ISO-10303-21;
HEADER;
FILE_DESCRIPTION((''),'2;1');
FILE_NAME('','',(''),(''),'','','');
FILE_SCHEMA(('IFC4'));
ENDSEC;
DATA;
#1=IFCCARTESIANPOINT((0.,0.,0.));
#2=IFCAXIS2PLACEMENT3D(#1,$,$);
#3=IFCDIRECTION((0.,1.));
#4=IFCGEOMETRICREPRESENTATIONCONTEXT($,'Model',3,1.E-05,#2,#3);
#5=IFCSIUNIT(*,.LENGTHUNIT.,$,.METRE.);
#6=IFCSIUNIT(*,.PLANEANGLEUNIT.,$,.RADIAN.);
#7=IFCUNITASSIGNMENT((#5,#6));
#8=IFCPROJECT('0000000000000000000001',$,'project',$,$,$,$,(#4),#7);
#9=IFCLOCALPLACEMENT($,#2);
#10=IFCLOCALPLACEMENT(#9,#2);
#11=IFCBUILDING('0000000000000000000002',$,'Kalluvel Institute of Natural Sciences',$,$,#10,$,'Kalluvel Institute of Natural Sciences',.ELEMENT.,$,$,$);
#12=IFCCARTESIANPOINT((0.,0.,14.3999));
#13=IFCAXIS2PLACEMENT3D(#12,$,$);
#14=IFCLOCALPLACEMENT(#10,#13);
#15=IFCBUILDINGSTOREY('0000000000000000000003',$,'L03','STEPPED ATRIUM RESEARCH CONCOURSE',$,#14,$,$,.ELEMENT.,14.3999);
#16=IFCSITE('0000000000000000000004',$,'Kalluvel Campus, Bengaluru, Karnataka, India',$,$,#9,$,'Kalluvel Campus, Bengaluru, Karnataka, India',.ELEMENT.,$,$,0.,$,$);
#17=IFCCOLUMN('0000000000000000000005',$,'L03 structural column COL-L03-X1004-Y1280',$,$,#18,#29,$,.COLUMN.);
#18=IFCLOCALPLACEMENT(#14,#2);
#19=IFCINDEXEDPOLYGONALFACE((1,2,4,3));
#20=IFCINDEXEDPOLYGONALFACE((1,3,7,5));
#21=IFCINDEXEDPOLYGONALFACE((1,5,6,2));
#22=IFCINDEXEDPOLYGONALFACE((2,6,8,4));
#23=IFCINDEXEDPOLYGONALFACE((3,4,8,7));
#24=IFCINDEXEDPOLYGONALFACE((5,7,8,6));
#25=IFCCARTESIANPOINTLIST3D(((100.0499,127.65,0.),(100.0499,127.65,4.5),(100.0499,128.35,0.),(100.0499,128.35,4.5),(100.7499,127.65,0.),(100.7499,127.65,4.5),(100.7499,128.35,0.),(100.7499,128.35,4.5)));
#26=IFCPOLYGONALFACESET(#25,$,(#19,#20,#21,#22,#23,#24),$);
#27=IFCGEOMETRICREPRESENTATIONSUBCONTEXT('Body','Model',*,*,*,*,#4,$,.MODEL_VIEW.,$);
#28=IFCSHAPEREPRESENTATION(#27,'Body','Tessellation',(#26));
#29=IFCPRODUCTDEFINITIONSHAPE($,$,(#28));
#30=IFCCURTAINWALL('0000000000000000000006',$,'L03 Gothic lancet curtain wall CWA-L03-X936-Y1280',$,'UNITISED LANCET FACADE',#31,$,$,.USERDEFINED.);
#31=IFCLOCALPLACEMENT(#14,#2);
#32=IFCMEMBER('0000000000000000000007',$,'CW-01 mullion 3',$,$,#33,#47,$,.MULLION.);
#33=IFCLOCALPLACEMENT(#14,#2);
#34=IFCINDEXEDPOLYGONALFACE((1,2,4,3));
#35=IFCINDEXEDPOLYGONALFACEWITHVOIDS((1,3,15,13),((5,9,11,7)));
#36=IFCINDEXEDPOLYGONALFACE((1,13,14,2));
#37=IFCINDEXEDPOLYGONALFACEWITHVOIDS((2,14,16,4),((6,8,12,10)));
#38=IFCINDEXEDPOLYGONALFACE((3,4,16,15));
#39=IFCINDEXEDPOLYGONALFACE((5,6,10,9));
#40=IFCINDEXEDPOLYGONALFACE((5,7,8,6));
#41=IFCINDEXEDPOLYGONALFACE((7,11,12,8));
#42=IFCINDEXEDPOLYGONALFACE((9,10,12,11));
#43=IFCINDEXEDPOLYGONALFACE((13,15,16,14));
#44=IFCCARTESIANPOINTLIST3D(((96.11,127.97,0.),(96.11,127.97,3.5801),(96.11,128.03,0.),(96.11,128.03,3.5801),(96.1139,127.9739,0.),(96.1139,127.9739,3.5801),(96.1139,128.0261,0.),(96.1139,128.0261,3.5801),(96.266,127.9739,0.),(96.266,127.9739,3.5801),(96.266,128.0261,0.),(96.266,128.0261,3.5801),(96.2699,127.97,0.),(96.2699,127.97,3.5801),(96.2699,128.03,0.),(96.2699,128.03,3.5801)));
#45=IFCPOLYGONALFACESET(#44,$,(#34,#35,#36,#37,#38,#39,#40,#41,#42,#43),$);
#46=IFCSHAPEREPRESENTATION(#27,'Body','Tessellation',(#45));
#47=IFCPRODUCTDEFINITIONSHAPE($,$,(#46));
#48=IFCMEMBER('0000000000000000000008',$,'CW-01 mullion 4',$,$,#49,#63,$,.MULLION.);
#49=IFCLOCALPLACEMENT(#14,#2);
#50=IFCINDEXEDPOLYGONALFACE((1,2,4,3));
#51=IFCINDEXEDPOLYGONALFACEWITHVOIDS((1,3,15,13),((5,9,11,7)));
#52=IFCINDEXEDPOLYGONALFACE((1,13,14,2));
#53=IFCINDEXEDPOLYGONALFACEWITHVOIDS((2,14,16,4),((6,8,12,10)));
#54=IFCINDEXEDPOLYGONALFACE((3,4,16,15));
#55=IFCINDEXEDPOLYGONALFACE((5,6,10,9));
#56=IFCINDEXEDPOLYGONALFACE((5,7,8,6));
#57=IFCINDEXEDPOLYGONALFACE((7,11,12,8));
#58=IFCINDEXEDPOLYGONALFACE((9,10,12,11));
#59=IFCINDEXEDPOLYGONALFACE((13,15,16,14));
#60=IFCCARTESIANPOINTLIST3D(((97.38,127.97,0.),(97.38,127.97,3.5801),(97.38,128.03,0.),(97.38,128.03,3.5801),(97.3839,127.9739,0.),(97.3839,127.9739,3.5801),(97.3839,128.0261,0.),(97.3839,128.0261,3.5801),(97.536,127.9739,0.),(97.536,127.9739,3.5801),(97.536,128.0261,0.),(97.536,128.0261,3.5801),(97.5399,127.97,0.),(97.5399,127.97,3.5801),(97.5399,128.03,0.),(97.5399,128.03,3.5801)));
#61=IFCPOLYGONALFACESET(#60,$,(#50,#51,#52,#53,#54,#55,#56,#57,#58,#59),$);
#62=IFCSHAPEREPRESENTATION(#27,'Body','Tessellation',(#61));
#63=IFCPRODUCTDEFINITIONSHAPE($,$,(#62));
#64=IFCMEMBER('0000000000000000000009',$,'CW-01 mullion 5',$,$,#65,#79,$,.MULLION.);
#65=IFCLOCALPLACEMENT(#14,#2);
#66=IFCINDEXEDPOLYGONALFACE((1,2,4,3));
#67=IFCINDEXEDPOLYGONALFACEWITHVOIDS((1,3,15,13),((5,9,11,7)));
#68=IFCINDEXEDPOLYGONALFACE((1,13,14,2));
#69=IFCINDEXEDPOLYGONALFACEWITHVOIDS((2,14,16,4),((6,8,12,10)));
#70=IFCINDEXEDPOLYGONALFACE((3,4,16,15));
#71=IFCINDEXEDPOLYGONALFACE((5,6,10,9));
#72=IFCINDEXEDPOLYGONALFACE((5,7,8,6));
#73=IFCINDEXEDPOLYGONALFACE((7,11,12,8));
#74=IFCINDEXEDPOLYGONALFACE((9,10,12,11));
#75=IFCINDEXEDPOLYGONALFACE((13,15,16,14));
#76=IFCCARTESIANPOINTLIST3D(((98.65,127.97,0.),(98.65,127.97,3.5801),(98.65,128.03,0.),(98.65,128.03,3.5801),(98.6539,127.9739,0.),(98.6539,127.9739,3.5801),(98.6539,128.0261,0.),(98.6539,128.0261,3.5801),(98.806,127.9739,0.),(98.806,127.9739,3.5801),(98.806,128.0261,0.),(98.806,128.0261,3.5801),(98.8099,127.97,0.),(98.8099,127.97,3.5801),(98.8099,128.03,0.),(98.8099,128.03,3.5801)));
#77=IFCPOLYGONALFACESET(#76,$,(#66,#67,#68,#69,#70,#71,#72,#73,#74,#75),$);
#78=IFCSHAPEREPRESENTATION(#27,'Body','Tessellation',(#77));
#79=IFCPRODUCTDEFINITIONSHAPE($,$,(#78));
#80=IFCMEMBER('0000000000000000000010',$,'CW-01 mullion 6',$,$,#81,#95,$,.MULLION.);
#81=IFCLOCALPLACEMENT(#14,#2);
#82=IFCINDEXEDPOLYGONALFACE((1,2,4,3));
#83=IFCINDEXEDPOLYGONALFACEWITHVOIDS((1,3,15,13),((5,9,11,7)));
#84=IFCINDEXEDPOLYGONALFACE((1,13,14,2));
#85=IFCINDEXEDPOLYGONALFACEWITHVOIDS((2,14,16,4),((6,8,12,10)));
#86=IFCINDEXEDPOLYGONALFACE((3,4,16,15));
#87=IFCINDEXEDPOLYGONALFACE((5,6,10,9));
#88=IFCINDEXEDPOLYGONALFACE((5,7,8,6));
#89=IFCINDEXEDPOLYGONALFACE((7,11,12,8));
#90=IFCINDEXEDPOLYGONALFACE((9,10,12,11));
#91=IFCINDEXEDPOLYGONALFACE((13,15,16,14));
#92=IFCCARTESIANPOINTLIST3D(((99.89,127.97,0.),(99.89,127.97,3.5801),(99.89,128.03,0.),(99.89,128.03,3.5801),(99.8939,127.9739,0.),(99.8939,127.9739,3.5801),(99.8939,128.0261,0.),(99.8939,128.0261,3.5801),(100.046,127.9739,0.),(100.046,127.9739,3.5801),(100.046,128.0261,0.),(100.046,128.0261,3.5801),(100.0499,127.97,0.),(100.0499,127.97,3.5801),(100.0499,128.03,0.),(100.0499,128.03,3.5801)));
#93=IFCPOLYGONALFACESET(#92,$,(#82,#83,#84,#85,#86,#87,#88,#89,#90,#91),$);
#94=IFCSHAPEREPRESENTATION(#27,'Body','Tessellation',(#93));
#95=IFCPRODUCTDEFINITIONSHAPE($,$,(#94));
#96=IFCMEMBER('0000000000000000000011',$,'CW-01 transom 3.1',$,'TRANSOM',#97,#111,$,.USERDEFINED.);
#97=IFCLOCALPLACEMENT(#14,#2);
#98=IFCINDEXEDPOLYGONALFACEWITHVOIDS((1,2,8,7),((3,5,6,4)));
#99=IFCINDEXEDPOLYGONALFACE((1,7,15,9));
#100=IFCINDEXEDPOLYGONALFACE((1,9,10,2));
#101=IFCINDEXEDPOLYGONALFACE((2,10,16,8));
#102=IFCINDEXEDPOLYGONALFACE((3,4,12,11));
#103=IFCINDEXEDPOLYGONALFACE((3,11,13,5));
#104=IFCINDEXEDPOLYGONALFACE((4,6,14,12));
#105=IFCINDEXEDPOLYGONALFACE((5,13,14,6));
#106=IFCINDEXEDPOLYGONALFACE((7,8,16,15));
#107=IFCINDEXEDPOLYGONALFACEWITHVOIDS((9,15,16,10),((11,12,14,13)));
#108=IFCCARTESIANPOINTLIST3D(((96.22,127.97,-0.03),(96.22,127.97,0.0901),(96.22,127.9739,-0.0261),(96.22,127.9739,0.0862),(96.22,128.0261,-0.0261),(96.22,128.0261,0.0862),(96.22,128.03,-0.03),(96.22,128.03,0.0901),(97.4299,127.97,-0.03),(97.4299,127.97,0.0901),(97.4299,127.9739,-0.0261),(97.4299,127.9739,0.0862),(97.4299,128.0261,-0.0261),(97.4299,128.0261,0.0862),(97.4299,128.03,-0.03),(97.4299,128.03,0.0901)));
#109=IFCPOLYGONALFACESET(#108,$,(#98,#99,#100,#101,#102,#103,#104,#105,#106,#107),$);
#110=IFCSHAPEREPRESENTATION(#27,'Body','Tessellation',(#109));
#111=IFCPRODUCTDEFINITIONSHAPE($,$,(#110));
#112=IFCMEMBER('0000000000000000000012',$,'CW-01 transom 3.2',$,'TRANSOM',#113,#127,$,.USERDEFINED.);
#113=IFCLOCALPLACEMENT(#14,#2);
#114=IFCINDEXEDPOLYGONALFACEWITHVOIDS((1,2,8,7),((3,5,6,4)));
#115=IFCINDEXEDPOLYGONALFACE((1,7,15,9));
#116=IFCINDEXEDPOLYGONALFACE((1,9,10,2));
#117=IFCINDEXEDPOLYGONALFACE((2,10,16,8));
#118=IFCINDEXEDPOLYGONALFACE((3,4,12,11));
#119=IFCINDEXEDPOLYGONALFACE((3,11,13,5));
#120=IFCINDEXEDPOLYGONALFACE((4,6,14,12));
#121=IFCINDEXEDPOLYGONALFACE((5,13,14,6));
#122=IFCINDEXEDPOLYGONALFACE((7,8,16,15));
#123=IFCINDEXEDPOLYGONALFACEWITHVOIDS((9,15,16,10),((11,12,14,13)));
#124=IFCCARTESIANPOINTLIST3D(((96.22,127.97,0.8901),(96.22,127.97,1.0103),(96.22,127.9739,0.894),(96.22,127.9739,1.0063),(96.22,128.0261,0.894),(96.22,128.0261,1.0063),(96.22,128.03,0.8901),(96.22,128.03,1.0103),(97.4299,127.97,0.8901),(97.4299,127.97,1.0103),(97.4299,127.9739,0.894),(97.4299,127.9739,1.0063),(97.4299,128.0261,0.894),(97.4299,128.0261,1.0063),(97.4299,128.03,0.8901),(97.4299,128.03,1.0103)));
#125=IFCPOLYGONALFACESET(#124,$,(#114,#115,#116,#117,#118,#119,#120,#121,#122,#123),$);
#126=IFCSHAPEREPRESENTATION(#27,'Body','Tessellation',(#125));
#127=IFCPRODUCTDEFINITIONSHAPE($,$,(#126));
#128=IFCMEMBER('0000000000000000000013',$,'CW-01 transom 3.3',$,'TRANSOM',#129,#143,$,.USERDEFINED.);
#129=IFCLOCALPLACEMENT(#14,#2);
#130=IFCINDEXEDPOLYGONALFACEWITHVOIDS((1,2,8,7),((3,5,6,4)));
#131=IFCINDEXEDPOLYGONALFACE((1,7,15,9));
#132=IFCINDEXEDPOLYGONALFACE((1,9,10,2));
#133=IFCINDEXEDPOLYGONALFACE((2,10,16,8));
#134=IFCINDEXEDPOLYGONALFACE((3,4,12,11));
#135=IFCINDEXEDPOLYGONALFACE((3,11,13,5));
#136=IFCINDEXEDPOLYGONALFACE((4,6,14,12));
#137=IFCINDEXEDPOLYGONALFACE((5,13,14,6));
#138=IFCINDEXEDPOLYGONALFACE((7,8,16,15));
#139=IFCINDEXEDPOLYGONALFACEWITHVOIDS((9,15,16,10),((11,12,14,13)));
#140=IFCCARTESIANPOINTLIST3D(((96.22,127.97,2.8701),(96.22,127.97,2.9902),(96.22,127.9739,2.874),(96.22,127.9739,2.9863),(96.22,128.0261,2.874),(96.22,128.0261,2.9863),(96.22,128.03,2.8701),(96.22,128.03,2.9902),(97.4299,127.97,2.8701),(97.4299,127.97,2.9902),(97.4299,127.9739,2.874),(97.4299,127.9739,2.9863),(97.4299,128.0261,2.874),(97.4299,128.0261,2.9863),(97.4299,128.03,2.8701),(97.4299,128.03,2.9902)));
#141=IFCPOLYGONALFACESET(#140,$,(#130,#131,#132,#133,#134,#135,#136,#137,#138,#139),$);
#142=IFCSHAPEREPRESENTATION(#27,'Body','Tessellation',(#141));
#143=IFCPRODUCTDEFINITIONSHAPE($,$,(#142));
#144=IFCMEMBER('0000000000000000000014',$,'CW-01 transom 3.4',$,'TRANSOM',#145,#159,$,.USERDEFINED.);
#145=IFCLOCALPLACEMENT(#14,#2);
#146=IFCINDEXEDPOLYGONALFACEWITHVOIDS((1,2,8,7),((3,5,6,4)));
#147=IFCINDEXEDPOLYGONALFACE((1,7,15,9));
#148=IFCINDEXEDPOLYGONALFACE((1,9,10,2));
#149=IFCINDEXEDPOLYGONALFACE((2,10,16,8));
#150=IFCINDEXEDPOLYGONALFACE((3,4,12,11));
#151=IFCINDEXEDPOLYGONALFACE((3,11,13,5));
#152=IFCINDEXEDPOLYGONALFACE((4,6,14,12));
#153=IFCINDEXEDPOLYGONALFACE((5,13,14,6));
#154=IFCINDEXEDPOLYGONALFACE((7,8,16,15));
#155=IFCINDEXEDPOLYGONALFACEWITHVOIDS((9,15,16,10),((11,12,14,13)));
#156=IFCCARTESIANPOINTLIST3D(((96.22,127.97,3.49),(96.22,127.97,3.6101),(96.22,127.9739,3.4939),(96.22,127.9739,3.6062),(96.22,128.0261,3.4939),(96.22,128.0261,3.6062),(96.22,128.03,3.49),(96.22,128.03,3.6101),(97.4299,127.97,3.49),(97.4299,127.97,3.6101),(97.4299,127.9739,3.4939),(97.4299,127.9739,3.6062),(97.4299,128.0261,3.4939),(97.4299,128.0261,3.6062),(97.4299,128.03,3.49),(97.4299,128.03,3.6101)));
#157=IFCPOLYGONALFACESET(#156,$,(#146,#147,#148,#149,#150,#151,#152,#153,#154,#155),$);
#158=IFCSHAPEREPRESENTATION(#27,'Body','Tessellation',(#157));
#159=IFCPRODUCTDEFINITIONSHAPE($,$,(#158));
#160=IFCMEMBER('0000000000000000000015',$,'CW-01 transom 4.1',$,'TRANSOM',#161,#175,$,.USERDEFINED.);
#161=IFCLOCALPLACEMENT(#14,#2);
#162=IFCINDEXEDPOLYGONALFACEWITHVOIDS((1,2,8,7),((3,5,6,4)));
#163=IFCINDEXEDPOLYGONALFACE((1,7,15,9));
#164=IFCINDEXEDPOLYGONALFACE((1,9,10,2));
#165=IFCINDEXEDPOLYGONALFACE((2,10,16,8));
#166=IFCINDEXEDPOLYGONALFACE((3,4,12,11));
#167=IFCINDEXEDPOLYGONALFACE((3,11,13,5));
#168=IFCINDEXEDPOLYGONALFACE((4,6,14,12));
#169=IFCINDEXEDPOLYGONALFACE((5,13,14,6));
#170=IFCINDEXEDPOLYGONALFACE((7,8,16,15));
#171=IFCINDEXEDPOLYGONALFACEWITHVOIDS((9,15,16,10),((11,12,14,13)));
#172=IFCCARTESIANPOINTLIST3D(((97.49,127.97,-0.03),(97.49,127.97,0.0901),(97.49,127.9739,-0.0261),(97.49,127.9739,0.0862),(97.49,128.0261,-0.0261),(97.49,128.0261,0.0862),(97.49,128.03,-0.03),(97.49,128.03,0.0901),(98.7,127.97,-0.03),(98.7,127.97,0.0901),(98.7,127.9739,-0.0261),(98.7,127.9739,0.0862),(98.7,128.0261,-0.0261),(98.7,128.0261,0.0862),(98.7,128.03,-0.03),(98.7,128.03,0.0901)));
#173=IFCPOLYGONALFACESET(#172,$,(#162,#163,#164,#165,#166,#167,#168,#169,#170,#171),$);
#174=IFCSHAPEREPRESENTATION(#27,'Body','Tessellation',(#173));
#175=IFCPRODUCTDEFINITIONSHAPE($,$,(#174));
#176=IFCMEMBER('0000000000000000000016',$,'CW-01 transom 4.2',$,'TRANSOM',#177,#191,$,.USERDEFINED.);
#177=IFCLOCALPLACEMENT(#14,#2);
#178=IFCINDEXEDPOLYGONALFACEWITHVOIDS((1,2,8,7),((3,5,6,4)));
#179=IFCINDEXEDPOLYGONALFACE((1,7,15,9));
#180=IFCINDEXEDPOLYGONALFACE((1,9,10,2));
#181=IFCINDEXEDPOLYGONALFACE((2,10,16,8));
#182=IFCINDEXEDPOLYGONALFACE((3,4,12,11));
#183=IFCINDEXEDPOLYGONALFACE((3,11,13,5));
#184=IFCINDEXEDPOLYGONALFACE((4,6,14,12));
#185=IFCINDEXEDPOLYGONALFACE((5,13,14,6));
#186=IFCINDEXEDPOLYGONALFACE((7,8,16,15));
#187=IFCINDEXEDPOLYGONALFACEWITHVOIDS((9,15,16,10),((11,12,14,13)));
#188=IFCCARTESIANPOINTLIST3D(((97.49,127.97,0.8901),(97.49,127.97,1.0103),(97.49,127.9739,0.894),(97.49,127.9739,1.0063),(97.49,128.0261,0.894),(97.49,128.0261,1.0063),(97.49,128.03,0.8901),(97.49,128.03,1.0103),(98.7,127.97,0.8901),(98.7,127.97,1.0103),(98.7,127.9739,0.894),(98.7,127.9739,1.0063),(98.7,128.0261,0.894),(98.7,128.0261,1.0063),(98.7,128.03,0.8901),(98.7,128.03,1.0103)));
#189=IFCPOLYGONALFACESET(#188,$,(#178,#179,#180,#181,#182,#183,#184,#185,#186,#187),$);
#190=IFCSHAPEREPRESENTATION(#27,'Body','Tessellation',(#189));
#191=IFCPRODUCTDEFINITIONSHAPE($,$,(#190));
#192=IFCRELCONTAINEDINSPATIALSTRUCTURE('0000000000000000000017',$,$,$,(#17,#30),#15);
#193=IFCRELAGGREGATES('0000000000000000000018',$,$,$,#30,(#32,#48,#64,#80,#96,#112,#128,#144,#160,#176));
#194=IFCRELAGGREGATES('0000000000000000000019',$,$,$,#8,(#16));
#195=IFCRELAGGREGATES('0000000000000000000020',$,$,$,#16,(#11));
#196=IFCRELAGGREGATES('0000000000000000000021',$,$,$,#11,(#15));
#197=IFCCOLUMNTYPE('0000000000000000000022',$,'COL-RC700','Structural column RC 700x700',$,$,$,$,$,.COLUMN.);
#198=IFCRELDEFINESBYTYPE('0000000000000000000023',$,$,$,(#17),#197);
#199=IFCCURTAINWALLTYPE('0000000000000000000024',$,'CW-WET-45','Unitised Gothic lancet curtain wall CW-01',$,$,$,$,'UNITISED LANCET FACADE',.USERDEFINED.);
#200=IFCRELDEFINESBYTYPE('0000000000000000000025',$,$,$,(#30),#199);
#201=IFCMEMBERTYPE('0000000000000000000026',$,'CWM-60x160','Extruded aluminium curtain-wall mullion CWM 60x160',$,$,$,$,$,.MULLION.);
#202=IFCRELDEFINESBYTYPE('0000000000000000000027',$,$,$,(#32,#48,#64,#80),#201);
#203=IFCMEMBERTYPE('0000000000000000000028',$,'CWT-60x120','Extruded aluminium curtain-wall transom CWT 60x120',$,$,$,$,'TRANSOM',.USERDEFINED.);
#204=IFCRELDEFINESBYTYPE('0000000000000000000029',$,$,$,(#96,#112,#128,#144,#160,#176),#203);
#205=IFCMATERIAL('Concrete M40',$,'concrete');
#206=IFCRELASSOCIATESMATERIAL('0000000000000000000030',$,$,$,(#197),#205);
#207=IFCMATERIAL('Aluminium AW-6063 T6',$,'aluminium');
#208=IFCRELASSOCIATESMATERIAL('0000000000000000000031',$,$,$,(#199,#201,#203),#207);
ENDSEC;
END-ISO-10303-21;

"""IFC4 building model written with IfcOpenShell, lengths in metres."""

from ifc_helpers import new_model, si_unit, direction, frame, origin, origin_2d, place, context, subcontext, project, spatial, rectangle, hollow_rectangle, extrude, material, material_profile, profile_set, type_object, element, aggregate, save


model = new_model("IFC4")

# Units and contexts
model_context = context("Model", 3, precision=1e-05, world=origin(), true_north=direction((0.0, 1.0)))
body_context = subcontext(model_context, "Body", "Model", "MODEL_VIEW")
ifc_project = project(units=[si_unit("LENGTHUNIT", "METRE"), si_unit("PLANEANGLEUNIT", "RADIAN")], contexts=[model_context])

# Site, building, storey
site_placement = place(None, origin())
site = spatial("IfcSite", under=ifc_project, at=site_placement, Name="Kalluvel Campus, Bengaluru, Karnataka, India", LongName="Kalluvel Campus, Bengaluru, Karnataka, India", CompositionType="ELEMENT", RefElevation=0.0)
building_placement = place(site_placement, origin())
building = spatial("IfcBuilding", under=site, at=building_placement, Name="Kalluvel Institute of Natural Sciences", LongName="Kalluvel Institute of Natural Sciences", CompositionType="ELEMENT")
storey_placement = place(building_placement, frame((0.0, 0.0, 14.3999)))
storey = spatial("IfcBuildingStorey", under=building, at=storey_placement, Name="L03", Description="STEPPED ATRIUM RESEARCH CONCOURSE", CompositionType="ELEMENT", Elevation=14.3999)

# Column
ifc_material_1 = material(Name="Concrete M40", Category="concrete")
ifc_material_profile_1 = material_profile(ifc_material_1, rectangle(XDim=0.7, YDim=0.7, at=origin_2d()), Name="RC 700x700")
ifc_profile_set_1 = profile_set([ifc_material_profile_1], Name="Concrete M40")
column_type = type_object("IfcColumnType", Name="COL-RC700", Description="Structural column RC 700x700", PredefinedType="COLUMN", material=ifc_profile_set_1)
column_placement = place(storey_placement, frame((100.3999, 128.0, 0.0), z_axis=(0.0, 0.0, 1.0), x_axis=(1.0, 0.0, 0.0)))
element("IfcColumn", 1, at=column_placement, inside=storey, type_object=column_type, Name="L03 structural column COL-L03-X1004-Y1280", PredefinedType="COLUMN", context=body_context, shape_type="SweptSolid", body=[
    extrude(rectangle(XDim=0.7, YDim=0.7, at=origin_2d()), origin(), (0.0, 0.0, 1.0), 4.5),
])

# Curtain wall, members
ifc_material_2 = material(Name="Aluminium AW-6063 T6", Category="aluminium")
curtain_wall_type = type_object("IfcCurtainWallType", Name="CW-WET-45", Description="Unitised Gothic lancet curtain wall CW-01", ElementType="UNITISED LANCET FACADE", PredefinedType="USERDEFINED", material=ifc_material_2)
curtain_wall_placement = place(storey_placement, origin())
curtain_wall = element("IfcCurtainWall", 2, at=curtain_wall_placement, inside=storey, type_object=curtain_wall_type, Name="L03 Gothic lancet curtain wall CWA-L03-X936-Y1280", ObjectType="UNITISED LANCET FACADE", PredefinedType="USERDEFINED")
ifc_material_profile_2 = material_profile(ifc_material_2, hollow_rectangle(XDim=0.0601, YDim=0.1599, WallThickness=0.0039, at=origin_2d()), Name="CWM 60x160")
ifc_profile_set_2 = profile_set([ifc_material_profile_2], Name="Aluminium AW-6063 T6")
member_type_1 = type_object("IfcMemberType", Name="CWM-60x160", Description="Extruded aluminium curtain-wall mullion CWM 60x160", PredefinedType="MULLION", material=ifc_profile_set_2)
member_1_placement = place(storey_placement, frame((96.1899, 128.0, 0.0), z_axis=(0.0, 0.0, 1.0), x_axis=(0.0, 1.0, 0.0)))
member_1 = element("IfcMember", 3, at=member_1_placement, type_object=member_type_1, Name="CW-01 mullion 3", PredefinedType="MULLION", context=body_context, shape_type="SweptSolid", body=[
    extrude(hollow_rectangle(XDim=0.0601, YDim=0.1599, WallThickness=0.0039, at=origin_2d()), origin(), (0.0, 0.0, 1.0), 3.5801),
])
member_2_placement = place(storey_placement, frame((97.46, 128.0, 0.0), z_axis=(0.0, 0.0, 1.0), x_axis=(0.0, 1.0, 0.0)))
member_2 = element("IfcMember", 4, at=member_2_placement, type_object=member_type_1, Name="CW-01 mullion 4", PredefinedType="MULLION", context=body_context, shape_type="SweptSolid", body=[
    extrude(hollow_rectangle(XDim=0.0601, YDim=0.1599, WallThickness=0.0039, at=origin_2d()), origin(), (0.0, 0.0, 1.0), 3.5801),
])
member_3_placement = place(storey_placement, frame((98.73, 128.0, 0.0), z_axis=(0.0, 0.0, 1.0), x_axis=(0.0, 1.0, 0.0)))
member_3 = element("IfcMember", 5, at=member_3_placement, type_object=member_type_1, Name="CW-01 mullion 5", PredefinedType="MULLION", context=body_context, shape_type="SweptSolid", body=[
    extrude(hollow_rectangle(XDim=0.0601, YDim=0.1599, WallThickness=0.0039, at=origin_2d()), origin(), (0.0, 0.0, 1.0), 3.5801),
])
member_4_placement = place(storey_placement, frame((99.97, 128.0, 0.0), z_axis=(0.0, 0.0, 1.0), x_axis=(0.0, 1.0, 0.0)))
member_4 = element("IfcMember", 6, at=member_4_placement, type_object=member_type_1, Name="CW-01 mullion 6", PredefinedType="MULLION", context=body_context, shape_type="SweptSolid", body=[
    extrude(hollow_rectangle(XDim=0.0601, YDim=0.1599, WallThickness=0.0039, at=origin_2d()), origin(), (0.0, 0.0, 1.0), 3.5801),
])
ifc_material_profile_3 = material_profile(ifc_material_2, hollow_rectangle(XDim=0.0601, YDim=0.1201, WallThickness=0.0039, at=origin_2d()), Name="CWT 60x120")
ifc_profile_set_3 = profile_set([ifc_material_profile_3], Name="Aluminium AW-6063 T6")
member_type_2 = type_object("IfcMemberType", Name="CWT-60x120", Description="Extruded aluminium curtain-wall transom CWT 60x120", ElementType="TRANSOM", PredefinedType="USERDEFINED", material=ifc_profile_set_3)
member_5_placement = place(storey_placement, frame((96.22, 128.0, 0.03), z_axis=(1.0, 0.0, 0.0), x_axis=(0.0, 1.0, 0.0)))
member_5 = element("IfcMember", 7, at=member_5_placement, type_object=member_type_2, Name="CW-01 transom 3.1", ObjectType="TRANSOM", PredefinedType="USERDEFINED", context=body_context, shape_type="SweptSolid", body=[
    extrude(hollow_rectangle(XDim=0.0601, YDim=0.1201, WallThickness=0.0039, at=origin_2d()), origin(), (0.0, 0.0, 1.0), 1.21),
])
member_6_placement = place(storey_placement, frame((96.22, 128.0, 0.9502), z_axis=(1.0, 0.0, 0.0), x_axis=(0.0, 1.0, 0.0)))
member_6 = element("IfcMember", 8, at=member_6_placement, type_object=member_type_2, Name="CW-01 transom 3.2", ObjectType="TRANSOM", PredefinedType="USERDEFINED", context=body_context, shape_type="SweptSolid", body=[
    extrude(hollow_rectangle(XDim=0.0601, YDim=0.1201, WallThickness=0.0039, at=origin_2d()), origin(), (0.0, 0.0, 1.0), 1.21),
])
member_7_placement = place(storey_placement, frame((96.22, 128.0, 2.9302), z_axis=(1.0, 0.0, 0.0), x_axis=(0.0, 1.0, 0.0)))
member_7 = element("IfcMember", 9, at=member_7_placement, type_object=member_type_2, Name="CW-01 transom 3.3", ObjectType="TRANSOM", PredefinedType="USERDEFINED", context=body_context, shape_type="SweptSolid", body=[
    extrude(hollow_rectangle(XDim=0.0601, YDim=0.1201, WallThickness=0.0039, at=origin_2d()), origin(), (0.0, 0.0, 1.0), 1.21),
])
member_8_placement = place(storey_placement, frame((96.22, 128.0, 3.55), z_axis=(1.0, 0.0, 0.0), x_axis=(0.0, 1.0, 0.0)))
member_8 = element("IfcMember", 10, at=member_8_placement, type_object=member_type_2, Name="CW-01 transom 3.4", ObjectType="TRANSOM", PredefinedType="USERDEFINED", context=body_context, shape_type="SweptSolid", body=[
    extrude(hollow_rectangle(XDim=0.0601, YDim=0.1201, WallThickness=0.0039, at=origin_2d()), origin(), (0.0, 0.0, 1.0), 1.21),
])
member_9_placement = place(storey_placement, frame((97.49, 128.0, 0.03), z_axis=(1.0, 0.0, 0.0), x_axis=(0.0, 1.0, 0.0)))
member_9 = element("IfcMember", 11, at=member_9_placement, type_object=member_type_2, Name="CW-01 transom 4.1", ObjectType="TRANSOM", PredefinedType="USERDEFINED", context=body_context, shape_type="SweptSolid", body=[
    extrude(hollow_rectangle(XDim=0.0601, YDim=0.1201, WallThickness=0.0039, at=origin_2d()), origin(), (0.0, 0.0, 1.0), 1.21),
])
member_10_placement = place(storey_placement, frame((97.49, 128.0, 0.9502), z_axis=(1.0, 0.0, 0.0), x_axis=(0.0, 1.0, 0.0)))
member_10 = element("IfcMember", 12, at=member_10_placement, type_object=member_type_2, Name="CW-01 transom 4.2", ObjectType="TRANSOM", PredefinedType="USERDEFINED", context=body_context, shape_type="SweptSolid", body=[
    extrude(hollow_rectangle(XDim=0.0601, YDim=0.1201, WallThickness=0.0039, at=origin_2d()), origin(), (0.0, 0.0, 1.0), 1.21),
])
aggregate(curtain_wall, [member_1, member_2, member_3, member_4, member_5, member_6, member_7, member_8, member_9, member_10])

save(model, "model.ifc")
